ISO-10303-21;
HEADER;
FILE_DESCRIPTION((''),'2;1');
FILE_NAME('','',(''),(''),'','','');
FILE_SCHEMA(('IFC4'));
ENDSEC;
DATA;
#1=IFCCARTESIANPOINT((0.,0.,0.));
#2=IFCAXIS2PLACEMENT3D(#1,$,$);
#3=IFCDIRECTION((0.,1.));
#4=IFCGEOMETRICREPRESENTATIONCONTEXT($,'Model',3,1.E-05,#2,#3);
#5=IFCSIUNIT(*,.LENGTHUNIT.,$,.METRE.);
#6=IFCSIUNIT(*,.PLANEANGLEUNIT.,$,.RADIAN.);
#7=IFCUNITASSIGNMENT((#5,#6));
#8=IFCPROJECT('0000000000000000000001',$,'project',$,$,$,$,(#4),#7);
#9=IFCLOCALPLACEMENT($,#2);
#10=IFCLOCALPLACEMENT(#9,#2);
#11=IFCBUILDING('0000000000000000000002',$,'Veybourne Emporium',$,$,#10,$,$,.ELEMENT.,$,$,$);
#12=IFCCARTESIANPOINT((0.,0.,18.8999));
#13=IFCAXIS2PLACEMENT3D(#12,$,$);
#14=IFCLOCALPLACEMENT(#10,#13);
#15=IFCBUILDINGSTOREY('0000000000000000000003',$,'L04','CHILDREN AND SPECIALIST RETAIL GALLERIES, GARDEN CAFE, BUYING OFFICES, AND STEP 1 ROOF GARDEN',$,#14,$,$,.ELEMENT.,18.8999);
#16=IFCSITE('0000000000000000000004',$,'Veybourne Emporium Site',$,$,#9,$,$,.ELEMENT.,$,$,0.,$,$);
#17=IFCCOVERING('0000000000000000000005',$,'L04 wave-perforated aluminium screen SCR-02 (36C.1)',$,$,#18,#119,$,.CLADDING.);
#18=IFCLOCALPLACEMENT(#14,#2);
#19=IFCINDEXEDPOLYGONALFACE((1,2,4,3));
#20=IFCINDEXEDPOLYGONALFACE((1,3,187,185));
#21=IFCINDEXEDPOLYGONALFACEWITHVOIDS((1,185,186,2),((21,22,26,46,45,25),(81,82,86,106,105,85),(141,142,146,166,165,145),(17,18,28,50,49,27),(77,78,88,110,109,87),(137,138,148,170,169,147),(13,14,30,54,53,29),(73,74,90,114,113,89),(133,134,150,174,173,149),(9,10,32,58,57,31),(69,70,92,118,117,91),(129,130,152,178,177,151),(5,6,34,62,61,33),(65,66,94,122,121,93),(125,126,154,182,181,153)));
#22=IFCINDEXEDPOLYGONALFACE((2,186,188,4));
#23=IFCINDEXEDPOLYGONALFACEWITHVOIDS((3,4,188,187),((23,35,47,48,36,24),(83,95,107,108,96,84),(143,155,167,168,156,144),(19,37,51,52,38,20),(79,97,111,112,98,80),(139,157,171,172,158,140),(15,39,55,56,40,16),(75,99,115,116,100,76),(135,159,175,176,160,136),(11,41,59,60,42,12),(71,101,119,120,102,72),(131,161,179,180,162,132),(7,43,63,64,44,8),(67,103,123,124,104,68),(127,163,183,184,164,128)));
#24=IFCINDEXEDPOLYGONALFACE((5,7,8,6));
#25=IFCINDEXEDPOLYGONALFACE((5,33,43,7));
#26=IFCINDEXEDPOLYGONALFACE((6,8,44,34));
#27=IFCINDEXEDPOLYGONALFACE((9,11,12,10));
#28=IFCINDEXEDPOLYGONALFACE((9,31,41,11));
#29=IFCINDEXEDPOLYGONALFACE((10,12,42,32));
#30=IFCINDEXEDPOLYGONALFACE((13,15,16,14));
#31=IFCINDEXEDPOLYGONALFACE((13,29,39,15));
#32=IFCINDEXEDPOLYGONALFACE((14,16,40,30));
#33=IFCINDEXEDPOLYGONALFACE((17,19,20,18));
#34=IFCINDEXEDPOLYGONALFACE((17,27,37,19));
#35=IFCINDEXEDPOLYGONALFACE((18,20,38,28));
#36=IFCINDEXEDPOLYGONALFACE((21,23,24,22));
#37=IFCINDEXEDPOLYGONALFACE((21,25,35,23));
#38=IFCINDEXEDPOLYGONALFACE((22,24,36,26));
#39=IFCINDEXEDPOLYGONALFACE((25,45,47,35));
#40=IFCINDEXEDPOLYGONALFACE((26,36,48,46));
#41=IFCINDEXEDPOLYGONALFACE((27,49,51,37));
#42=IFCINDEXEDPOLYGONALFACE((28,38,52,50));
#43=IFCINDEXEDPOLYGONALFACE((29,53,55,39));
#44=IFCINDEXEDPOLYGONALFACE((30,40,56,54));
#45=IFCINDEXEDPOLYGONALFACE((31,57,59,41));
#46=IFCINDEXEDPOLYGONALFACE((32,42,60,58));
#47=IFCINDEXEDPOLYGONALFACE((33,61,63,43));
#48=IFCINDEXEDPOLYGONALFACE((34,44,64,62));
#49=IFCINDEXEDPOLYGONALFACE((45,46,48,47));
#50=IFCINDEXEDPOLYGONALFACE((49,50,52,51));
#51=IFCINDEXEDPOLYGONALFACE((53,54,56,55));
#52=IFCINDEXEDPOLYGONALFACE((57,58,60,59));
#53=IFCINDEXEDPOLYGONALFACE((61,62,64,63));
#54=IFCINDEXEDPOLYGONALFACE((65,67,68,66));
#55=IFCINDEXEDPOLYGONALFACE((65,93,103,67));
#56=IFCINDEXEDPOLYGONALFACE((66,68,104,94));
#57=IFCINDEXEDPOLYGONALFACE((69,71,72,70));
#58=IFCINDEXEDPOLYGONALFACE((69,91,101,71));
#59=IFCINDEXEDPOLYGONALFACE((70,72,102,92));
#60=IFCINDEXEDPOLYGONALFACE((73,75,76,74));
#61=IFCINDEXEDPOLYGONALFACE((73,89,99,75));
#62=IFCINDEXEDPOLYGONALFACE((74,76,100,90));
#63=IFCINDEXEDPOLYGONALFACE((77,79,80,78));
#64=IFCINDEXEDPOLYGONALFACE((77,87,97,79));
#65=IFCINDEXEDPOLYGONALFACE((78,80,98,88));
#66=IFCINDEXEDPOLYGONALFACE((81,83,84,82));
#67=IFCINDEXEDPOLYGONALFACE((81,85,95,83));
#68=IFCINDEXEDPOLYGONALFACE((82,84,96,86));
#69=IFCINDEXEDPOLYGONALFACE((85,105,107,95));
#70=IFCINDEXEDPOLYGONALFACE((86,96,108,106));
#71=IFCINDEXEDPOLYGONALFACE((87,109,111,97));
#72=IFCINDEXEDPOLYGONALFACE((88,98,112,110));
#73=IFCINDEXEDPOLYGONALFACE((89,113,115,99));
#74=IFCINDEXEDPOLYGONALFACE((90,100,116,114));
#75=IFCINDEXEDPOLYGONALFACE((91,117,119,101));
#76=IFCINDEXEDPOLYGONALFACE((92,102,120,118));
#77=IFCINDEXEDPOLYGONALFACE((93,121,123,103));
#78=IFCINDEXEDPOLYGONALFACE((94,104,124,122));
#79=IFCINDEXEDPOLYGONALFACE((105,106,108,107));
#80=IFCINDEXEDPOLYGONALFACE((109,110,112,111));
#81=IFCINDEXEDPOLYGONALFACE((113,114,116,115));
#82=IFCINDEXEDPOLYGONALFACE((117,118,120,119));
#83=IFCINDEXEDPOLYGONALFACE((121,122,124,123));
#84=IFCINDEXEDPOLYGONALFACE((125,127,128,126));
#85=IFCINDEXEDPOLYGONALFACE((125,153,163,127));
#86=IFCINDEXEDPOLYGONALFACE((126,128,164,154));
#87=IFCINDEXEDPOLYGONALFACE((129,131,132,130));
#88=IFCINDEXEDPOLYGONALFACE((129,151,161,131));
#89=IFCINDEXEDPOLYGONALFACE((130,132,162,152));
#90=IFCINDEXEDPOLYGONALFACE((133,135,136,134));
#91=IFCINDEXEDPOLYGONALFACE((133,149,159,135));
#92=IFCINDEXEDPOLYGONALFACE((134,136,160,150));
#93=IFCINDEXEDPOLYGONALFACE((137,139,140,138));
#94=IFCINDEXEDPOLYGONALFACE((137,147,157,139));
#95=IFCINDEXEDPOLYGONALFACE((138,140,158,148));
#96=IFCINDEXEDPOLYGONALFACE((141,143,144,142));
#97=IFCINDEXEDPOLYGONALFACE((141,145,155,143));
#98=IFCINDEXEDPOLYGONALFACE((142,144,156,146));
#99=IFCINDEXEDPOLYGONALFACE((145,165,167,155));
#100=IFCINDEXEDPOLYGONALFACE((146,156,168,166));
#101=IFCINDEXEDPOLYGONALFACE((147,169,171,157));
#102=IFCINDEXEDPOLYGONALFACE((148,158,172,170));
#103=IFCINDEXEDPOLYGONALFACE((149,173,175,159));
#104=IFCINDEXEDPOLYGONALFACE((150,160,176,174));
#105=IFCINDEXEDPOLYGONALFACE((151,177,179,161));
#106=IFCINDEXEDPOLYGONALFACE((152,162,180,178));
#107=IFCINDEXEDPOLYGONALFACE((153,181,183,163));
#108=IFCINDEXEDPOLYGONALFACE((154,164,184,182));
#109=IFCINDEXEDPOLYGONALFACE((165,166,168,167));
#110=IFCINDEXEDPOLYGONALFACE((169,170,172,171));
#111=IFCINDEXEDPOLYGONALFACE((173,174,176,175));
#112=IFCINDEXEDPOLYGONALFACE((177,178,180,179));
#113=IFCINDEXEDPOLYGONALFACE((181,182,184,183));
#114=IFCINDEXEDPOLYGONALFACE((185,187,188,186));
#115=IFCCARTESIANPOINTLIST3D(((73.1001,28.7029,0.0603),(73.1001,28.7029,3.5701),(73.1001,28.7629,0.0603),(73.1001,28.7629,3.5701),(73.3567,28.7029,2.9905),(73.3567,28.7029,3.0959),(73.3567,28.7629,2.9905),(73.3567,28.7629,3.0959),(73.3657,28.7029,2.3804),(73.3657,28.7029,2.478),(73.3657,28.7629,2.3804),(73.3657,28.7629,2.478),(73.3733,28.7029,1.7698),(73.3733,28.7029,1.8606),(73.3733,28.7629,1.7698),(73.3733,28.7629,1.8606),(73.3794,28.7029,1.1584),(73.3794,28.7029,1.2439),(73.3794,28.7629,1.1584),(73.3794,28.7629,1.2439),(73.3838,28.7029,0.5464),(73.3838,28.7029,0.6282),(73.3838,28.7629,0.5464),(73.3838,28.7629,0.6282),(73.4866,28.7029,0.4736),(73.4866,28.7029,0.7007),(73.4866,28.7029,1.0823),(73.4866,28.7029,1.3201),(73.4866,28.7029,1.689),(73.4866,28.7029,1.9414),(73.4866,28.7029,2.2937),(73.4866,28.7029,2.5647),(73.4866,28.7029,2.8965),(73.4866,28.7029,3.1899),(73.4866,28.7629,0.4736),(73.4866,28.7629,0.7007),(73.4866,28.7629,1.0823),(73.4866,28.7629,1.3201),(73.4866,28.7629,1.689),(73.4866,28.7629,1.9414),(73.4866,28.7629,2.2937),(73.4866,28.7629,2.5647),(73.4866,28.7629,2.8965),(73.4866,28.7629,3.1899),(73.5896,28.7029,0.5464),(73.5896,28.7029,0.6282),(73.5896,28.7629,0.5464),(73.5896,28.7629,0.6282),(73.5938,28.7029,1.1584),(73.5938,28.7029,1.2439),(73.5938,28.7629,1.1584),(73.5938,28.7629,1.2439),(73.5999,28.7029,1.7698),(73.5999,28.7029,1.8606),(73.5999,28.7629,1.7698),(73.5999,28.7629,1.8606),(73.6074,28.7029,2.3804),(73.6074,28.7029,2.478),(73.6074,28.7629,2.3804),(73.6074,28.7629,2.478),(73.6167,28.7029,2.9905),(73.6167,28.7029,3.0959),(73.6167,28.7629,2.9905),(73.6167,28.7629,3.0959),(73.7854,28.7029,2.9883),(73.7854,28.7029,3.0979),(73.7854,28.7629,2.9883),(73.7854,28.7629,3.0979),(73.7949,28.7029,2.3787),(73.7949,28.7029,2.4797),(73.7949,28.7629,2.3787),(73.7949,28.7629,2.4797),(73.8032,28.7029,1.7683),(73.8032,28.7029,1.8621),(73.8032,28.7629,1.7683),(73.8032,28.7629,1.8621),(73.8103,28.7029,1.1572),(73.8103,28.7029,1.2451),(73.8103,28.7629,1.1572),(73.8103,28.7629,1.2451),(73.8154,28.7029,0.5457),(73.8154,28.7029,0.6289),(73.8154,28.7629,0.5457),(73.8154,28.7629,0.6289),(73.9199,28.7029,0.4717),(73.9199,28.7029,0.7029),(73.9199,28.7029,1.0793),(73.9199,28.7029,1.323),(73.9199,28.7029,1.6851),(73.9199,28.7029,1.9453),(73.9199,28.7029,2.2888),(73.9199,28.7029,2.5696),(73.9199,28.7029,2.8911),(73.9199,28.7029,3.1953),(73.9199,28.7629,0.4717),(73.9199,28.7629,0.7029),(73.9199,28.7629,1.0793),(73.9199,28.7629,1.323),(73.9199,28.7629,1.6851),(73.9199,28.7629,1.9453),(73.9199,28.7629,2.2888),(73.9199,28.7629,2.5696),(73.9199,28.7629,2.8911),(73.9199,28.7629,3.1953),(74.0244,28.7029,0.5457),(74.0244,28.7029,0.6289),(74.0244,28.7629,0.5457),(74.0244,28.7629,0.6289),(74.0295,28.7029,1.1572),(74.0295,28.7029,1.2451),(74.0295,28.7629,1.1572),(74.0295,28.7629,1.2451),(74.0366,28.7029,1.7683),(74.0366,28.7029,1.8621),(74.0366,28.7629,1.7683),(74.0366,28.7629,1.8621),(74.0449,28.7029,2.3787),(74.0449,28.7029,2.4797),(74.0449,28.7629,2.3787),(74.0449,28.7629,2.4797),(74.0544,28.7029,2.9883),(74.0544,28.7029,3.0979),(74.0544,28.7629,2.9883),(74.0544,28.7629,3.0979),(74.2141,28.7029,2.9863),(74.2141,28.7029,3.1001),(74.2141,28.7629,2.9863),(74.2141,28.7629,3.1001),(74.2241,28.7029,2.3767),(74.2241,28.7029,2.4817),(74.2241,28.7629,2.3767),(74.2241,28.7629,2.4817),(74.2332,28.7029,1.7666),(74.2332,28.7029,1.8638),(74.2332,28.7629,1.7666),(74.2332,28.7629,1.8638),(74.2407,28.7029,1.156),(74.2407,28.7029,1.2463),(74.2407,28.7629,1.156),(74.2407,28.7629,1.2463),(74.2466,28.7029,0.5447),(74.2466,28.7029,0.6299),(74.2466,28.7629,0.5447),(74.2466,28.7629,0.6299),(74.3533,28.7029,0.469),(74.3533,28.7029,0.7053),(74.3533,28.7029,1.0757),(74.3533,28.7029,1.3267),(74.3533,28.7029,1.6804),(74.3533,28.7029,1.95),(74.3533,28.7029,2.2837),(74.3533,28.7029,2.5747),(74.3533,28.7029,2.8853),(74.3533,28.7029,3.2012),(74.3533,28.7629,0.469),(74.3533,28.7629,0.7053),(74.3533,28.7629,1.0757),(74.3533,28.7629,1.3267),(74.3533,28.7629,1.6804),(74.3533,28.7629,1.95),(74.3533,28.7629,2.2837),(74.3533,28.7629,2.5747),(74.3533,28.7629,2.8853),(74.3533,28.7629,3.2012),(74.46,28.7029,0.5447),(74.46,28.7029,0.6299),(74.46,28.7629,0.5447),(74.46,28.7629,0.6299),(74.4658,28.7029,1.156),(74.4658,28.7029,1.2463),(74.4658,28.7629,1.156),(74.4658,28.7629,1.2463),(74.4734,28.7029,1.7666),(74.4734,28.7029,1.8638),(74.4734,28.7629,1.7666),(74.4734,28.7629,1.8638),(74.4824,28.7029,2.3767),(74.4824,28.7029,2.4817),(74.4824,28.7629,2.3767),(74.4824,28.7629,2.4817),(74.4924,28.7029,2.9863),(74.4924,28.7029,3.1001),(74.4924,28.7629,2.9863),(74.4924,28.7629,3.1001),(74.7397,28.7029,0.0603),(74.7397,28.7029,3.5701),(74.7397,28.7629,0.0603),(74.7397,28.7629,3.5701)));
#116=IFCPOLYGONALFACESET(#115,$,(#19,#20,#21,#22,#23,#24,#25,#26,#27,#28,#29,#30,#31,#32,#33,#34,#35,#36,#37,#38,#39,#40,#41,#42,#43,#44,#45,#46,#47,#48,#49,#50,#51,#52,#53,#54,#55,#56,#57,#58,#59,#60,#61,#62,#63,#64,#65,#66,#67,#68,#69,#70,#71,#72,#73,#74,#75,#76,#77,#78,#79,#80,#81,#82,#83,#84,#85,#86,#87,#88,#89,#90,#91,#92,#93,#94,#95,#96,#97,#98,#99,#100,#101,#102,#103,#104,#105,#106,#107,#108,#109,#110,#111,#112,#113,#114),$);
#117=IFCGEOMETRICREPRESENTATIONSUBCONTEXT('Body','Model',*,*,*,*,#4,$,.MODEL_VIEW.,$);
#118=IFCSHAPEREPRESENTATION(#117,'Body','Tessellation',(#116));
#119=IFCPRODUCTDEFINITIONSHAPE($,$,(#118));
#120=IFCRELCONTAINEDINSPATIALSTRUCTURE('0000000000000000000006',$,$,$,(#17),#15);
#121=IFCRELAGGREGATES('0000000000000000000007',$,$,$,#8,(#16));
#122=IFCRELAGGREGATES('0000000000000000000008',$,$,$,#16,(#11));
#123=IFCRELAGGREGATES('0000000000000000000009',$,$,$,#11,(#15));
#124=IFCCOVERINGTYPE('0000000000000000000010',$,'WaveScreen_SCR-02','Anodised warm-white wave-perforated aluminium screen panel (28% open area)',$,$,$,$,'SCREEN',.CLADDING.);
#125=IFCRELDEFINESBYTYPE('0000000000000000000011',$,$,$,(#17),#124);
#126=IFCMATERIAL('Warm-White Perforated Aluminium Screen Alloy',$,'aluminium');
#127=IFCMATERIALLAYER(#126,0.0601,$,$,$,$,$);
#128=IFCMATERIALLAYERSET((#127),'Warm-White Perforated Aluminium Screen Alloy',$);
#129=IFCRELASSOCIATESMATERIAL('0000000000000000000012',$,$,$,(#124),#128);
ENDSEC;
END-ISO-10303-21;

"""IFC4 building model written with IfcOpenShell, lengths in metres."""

from ifc_helpers import new_model, si_unit, direction, frame, origin, place, context, subcontext, project, spatial, polyline, outline, extrude, material, layer, layer_set, type_object, element, save


model = new_model("IFC4")

# Units and contexts
model_context = context("Model", 3, precision=1e-05, world=origin(), true_north=direction((0.0, 1.0)))
body_context = subcontext(model_context, "Body", "Model", "MODEL_VIEW")
ifc_project = project(units=[si_unit("LENGTHUNIT", "METRE"), si_unit("PLANEANGLEUNIT", "RADIAN")], contexts=[model_context])

# Site, building, storey
site_placement = place(None, origin())
site = spatial("IfcSite", under=ifc_project, at=site_placement, Name="Veybourne Emporium Site", CompositionType="ELEMENT", RefElevation=0.0)
building_placement = place(site_placement, origin())
building = spatial("IfcBuilding", under=site, at=building_placement, Name="Veybourne Emporium", CompositionType="ELEMENT")
storey_placement = place(building_placement, frame((0.0, 0.0, 18.8999)))
storey = spatial("IfcBuildingStorey", under=building, at=storey_placement, Name="L04", Description="CHILDREN AND SPECIALIST RETAIL GALLERIES, GARDEN CAFE, BUYING OFFICES, AND STEP 1 ROOF GARDEN", CompositionType="ELEMENT", Elevation=18.8999)

# Covering
ifc_material_1 = material(Name="Warm-White Perforated Aluminium Screen Alloy", Category="aluminium")
ifc_layer_1 = layer(ifc_material_1, 0.0601)
ifc_layer_set_1 = layer_set([ifc_layer_1], Name="Warm-White Perforated Aluminium Screen Alloy")
covering_type_1 = type_object("IfcCoveringType", Name="WaveScreen_SCR-02", Description="Anodised warm-white wave-perforated aluminium screen panel (28% open area)", ElementType="SCREEN", PredefinedType="CLADDING", material=ifc_layer_set_1)
covering_1_placement = place(storey_placement, frame((73.9199, 28.7029, 1.8152), z_axis=(0.0, 1.0, 0.0), x_axis=(-1.0, 0.0, 0.0)))
element("IfcCovering", 1, at=covering_1_placement, inside=storey, type_object=covering_type_1, Name="L04 wave-perforated aluminium screen SCR-02 (36C.1)", PredefinedType="CLADDING", context=body_context, shape_type="SweptSolid", body=[
    extrude(outline(polyline([(-0.8198, -1.7549), (0.8198, -1.7549), (0.8198, 1.7549), (-0.8198, 1.7549), (-0.8198, -1.7549)]), holes=[polyline([(-0.4333, -1.1099), (-0.3267, -1.1853), (-0.3267, -1.2705), (-0.4333, -1.3462), (-0.54, -1.2705), (-0.54, -1.1853), (-0.4333, -1.1099)]), polyline([(-0.4333, -0.4885), (-0.3208, -0.5688), (-0.3208, -0.6592), (-0.4333, -0.7395), (-0.5459, -0.6592), (-0.5459, -0.5688), (-0.4333, -0.4885)]), polyline([(-0.4333, 0.1348), (-0.3132, 0.0486), (-0.3132, -0.0486), (-0.4333, -0.1348), (-0.5535, -0.0486), (-0.5535, 0.0486), (-0.4333, 0.1348)]), polyline([(-0.4333, 0.7595), (-0.3042, 0.6665), (-0.3042, 0.5615), (-0.4333, 0.4685), (-0.5625, 0.5615), (-0.5625, 0.6665), (-0.4333, 0.7595)]), polyline([(-0.4333, 1.386), (-0.2942, 1.2849), (-0.2942, 1.1711), (-0.4333, 1.0701), (-0.5725, 1.1711), (-0.5725, 1.2849), (-0.4333, 1.386)]), polyline([(0.0, -1.1123), (0.1045, -1.1863), (0.1045, -1.2695), (0.0, -1.3435), (-0.1045, -1.2695), (-0.1045, -1.1863), (0.0, -1.1123)]), polyline([(0.0, -0.4922), (0.1096, -0.5701), (0.1096, -0.658), (0.0, -0.7358), (-0.1096, -0.658), (-0.1096, -0.5701), (0.0, -0.4922)]), polyline([(0.0, 0.1301), (0.1167, 0.0469), (0.1167, -0.0469), (0.0, -0.1301), (-0.1167, -0.0469), (-0.1167, 0.0469), (0.0, 0.1301)]), polyline([(0.0, 0.7544), (0.125, 0.6646), (0.125, 0.5635), (0.0, 0.4736), (-0.125, 0.5635), (-0.125, 0.6646), (0.0, 0.7544)]), polyline([(0.0, 1.3801), (0.1345, 1.2827), (0.1345, 1.1731), (0.0, 1.0759), (-0.1345, 1.1731), (-0.1345, 1.2827), (0.0, 1.3801)]), polyline([(0.4333, -1.1145), (0.5361, -1.187), (0.5361, -1.2688), (0.4333, -1.3416), (0.3303, -1.2688), (0.3303, -1.187), (0.4333, -1.1145)]), polyline([(0.4333, -0.4951), (0.5405, -0.5713), (0.5405, -0.6567), (0.4333, -0.7329), (0.3262, -0.6567), (0.3262, -0.5713), (0.4333, -0.4951)]), polyline([(0.4333, 0.1262), (0.5466, 0.0454), (0.5466, -0.0454), (0.4333, -0.1262), (0.3201, -0.0454), (0.3201, 0.0454), (0.4333, 0.1262)]), polyline([(0.4333, 0.7495), (0.5542, 0.6628), (0.5542, 0.5652), (0.4333, 0.4785), (0.3125, 0.5652), (0.3125, 0.6628), (0.4333, 0.7495)]), polyline([(0.4333, 1.3748), (0.5632, 1.2808), (0.5632, 1.1753), (0.4333, 1.0813), (0.3032, 1.1753), (0.3032, 1.2808), (0.4333, 1.3748)])]), origin(), (0.0, 0.0, 1.0), 0.0601),
])

save(model, "model.ifc")
